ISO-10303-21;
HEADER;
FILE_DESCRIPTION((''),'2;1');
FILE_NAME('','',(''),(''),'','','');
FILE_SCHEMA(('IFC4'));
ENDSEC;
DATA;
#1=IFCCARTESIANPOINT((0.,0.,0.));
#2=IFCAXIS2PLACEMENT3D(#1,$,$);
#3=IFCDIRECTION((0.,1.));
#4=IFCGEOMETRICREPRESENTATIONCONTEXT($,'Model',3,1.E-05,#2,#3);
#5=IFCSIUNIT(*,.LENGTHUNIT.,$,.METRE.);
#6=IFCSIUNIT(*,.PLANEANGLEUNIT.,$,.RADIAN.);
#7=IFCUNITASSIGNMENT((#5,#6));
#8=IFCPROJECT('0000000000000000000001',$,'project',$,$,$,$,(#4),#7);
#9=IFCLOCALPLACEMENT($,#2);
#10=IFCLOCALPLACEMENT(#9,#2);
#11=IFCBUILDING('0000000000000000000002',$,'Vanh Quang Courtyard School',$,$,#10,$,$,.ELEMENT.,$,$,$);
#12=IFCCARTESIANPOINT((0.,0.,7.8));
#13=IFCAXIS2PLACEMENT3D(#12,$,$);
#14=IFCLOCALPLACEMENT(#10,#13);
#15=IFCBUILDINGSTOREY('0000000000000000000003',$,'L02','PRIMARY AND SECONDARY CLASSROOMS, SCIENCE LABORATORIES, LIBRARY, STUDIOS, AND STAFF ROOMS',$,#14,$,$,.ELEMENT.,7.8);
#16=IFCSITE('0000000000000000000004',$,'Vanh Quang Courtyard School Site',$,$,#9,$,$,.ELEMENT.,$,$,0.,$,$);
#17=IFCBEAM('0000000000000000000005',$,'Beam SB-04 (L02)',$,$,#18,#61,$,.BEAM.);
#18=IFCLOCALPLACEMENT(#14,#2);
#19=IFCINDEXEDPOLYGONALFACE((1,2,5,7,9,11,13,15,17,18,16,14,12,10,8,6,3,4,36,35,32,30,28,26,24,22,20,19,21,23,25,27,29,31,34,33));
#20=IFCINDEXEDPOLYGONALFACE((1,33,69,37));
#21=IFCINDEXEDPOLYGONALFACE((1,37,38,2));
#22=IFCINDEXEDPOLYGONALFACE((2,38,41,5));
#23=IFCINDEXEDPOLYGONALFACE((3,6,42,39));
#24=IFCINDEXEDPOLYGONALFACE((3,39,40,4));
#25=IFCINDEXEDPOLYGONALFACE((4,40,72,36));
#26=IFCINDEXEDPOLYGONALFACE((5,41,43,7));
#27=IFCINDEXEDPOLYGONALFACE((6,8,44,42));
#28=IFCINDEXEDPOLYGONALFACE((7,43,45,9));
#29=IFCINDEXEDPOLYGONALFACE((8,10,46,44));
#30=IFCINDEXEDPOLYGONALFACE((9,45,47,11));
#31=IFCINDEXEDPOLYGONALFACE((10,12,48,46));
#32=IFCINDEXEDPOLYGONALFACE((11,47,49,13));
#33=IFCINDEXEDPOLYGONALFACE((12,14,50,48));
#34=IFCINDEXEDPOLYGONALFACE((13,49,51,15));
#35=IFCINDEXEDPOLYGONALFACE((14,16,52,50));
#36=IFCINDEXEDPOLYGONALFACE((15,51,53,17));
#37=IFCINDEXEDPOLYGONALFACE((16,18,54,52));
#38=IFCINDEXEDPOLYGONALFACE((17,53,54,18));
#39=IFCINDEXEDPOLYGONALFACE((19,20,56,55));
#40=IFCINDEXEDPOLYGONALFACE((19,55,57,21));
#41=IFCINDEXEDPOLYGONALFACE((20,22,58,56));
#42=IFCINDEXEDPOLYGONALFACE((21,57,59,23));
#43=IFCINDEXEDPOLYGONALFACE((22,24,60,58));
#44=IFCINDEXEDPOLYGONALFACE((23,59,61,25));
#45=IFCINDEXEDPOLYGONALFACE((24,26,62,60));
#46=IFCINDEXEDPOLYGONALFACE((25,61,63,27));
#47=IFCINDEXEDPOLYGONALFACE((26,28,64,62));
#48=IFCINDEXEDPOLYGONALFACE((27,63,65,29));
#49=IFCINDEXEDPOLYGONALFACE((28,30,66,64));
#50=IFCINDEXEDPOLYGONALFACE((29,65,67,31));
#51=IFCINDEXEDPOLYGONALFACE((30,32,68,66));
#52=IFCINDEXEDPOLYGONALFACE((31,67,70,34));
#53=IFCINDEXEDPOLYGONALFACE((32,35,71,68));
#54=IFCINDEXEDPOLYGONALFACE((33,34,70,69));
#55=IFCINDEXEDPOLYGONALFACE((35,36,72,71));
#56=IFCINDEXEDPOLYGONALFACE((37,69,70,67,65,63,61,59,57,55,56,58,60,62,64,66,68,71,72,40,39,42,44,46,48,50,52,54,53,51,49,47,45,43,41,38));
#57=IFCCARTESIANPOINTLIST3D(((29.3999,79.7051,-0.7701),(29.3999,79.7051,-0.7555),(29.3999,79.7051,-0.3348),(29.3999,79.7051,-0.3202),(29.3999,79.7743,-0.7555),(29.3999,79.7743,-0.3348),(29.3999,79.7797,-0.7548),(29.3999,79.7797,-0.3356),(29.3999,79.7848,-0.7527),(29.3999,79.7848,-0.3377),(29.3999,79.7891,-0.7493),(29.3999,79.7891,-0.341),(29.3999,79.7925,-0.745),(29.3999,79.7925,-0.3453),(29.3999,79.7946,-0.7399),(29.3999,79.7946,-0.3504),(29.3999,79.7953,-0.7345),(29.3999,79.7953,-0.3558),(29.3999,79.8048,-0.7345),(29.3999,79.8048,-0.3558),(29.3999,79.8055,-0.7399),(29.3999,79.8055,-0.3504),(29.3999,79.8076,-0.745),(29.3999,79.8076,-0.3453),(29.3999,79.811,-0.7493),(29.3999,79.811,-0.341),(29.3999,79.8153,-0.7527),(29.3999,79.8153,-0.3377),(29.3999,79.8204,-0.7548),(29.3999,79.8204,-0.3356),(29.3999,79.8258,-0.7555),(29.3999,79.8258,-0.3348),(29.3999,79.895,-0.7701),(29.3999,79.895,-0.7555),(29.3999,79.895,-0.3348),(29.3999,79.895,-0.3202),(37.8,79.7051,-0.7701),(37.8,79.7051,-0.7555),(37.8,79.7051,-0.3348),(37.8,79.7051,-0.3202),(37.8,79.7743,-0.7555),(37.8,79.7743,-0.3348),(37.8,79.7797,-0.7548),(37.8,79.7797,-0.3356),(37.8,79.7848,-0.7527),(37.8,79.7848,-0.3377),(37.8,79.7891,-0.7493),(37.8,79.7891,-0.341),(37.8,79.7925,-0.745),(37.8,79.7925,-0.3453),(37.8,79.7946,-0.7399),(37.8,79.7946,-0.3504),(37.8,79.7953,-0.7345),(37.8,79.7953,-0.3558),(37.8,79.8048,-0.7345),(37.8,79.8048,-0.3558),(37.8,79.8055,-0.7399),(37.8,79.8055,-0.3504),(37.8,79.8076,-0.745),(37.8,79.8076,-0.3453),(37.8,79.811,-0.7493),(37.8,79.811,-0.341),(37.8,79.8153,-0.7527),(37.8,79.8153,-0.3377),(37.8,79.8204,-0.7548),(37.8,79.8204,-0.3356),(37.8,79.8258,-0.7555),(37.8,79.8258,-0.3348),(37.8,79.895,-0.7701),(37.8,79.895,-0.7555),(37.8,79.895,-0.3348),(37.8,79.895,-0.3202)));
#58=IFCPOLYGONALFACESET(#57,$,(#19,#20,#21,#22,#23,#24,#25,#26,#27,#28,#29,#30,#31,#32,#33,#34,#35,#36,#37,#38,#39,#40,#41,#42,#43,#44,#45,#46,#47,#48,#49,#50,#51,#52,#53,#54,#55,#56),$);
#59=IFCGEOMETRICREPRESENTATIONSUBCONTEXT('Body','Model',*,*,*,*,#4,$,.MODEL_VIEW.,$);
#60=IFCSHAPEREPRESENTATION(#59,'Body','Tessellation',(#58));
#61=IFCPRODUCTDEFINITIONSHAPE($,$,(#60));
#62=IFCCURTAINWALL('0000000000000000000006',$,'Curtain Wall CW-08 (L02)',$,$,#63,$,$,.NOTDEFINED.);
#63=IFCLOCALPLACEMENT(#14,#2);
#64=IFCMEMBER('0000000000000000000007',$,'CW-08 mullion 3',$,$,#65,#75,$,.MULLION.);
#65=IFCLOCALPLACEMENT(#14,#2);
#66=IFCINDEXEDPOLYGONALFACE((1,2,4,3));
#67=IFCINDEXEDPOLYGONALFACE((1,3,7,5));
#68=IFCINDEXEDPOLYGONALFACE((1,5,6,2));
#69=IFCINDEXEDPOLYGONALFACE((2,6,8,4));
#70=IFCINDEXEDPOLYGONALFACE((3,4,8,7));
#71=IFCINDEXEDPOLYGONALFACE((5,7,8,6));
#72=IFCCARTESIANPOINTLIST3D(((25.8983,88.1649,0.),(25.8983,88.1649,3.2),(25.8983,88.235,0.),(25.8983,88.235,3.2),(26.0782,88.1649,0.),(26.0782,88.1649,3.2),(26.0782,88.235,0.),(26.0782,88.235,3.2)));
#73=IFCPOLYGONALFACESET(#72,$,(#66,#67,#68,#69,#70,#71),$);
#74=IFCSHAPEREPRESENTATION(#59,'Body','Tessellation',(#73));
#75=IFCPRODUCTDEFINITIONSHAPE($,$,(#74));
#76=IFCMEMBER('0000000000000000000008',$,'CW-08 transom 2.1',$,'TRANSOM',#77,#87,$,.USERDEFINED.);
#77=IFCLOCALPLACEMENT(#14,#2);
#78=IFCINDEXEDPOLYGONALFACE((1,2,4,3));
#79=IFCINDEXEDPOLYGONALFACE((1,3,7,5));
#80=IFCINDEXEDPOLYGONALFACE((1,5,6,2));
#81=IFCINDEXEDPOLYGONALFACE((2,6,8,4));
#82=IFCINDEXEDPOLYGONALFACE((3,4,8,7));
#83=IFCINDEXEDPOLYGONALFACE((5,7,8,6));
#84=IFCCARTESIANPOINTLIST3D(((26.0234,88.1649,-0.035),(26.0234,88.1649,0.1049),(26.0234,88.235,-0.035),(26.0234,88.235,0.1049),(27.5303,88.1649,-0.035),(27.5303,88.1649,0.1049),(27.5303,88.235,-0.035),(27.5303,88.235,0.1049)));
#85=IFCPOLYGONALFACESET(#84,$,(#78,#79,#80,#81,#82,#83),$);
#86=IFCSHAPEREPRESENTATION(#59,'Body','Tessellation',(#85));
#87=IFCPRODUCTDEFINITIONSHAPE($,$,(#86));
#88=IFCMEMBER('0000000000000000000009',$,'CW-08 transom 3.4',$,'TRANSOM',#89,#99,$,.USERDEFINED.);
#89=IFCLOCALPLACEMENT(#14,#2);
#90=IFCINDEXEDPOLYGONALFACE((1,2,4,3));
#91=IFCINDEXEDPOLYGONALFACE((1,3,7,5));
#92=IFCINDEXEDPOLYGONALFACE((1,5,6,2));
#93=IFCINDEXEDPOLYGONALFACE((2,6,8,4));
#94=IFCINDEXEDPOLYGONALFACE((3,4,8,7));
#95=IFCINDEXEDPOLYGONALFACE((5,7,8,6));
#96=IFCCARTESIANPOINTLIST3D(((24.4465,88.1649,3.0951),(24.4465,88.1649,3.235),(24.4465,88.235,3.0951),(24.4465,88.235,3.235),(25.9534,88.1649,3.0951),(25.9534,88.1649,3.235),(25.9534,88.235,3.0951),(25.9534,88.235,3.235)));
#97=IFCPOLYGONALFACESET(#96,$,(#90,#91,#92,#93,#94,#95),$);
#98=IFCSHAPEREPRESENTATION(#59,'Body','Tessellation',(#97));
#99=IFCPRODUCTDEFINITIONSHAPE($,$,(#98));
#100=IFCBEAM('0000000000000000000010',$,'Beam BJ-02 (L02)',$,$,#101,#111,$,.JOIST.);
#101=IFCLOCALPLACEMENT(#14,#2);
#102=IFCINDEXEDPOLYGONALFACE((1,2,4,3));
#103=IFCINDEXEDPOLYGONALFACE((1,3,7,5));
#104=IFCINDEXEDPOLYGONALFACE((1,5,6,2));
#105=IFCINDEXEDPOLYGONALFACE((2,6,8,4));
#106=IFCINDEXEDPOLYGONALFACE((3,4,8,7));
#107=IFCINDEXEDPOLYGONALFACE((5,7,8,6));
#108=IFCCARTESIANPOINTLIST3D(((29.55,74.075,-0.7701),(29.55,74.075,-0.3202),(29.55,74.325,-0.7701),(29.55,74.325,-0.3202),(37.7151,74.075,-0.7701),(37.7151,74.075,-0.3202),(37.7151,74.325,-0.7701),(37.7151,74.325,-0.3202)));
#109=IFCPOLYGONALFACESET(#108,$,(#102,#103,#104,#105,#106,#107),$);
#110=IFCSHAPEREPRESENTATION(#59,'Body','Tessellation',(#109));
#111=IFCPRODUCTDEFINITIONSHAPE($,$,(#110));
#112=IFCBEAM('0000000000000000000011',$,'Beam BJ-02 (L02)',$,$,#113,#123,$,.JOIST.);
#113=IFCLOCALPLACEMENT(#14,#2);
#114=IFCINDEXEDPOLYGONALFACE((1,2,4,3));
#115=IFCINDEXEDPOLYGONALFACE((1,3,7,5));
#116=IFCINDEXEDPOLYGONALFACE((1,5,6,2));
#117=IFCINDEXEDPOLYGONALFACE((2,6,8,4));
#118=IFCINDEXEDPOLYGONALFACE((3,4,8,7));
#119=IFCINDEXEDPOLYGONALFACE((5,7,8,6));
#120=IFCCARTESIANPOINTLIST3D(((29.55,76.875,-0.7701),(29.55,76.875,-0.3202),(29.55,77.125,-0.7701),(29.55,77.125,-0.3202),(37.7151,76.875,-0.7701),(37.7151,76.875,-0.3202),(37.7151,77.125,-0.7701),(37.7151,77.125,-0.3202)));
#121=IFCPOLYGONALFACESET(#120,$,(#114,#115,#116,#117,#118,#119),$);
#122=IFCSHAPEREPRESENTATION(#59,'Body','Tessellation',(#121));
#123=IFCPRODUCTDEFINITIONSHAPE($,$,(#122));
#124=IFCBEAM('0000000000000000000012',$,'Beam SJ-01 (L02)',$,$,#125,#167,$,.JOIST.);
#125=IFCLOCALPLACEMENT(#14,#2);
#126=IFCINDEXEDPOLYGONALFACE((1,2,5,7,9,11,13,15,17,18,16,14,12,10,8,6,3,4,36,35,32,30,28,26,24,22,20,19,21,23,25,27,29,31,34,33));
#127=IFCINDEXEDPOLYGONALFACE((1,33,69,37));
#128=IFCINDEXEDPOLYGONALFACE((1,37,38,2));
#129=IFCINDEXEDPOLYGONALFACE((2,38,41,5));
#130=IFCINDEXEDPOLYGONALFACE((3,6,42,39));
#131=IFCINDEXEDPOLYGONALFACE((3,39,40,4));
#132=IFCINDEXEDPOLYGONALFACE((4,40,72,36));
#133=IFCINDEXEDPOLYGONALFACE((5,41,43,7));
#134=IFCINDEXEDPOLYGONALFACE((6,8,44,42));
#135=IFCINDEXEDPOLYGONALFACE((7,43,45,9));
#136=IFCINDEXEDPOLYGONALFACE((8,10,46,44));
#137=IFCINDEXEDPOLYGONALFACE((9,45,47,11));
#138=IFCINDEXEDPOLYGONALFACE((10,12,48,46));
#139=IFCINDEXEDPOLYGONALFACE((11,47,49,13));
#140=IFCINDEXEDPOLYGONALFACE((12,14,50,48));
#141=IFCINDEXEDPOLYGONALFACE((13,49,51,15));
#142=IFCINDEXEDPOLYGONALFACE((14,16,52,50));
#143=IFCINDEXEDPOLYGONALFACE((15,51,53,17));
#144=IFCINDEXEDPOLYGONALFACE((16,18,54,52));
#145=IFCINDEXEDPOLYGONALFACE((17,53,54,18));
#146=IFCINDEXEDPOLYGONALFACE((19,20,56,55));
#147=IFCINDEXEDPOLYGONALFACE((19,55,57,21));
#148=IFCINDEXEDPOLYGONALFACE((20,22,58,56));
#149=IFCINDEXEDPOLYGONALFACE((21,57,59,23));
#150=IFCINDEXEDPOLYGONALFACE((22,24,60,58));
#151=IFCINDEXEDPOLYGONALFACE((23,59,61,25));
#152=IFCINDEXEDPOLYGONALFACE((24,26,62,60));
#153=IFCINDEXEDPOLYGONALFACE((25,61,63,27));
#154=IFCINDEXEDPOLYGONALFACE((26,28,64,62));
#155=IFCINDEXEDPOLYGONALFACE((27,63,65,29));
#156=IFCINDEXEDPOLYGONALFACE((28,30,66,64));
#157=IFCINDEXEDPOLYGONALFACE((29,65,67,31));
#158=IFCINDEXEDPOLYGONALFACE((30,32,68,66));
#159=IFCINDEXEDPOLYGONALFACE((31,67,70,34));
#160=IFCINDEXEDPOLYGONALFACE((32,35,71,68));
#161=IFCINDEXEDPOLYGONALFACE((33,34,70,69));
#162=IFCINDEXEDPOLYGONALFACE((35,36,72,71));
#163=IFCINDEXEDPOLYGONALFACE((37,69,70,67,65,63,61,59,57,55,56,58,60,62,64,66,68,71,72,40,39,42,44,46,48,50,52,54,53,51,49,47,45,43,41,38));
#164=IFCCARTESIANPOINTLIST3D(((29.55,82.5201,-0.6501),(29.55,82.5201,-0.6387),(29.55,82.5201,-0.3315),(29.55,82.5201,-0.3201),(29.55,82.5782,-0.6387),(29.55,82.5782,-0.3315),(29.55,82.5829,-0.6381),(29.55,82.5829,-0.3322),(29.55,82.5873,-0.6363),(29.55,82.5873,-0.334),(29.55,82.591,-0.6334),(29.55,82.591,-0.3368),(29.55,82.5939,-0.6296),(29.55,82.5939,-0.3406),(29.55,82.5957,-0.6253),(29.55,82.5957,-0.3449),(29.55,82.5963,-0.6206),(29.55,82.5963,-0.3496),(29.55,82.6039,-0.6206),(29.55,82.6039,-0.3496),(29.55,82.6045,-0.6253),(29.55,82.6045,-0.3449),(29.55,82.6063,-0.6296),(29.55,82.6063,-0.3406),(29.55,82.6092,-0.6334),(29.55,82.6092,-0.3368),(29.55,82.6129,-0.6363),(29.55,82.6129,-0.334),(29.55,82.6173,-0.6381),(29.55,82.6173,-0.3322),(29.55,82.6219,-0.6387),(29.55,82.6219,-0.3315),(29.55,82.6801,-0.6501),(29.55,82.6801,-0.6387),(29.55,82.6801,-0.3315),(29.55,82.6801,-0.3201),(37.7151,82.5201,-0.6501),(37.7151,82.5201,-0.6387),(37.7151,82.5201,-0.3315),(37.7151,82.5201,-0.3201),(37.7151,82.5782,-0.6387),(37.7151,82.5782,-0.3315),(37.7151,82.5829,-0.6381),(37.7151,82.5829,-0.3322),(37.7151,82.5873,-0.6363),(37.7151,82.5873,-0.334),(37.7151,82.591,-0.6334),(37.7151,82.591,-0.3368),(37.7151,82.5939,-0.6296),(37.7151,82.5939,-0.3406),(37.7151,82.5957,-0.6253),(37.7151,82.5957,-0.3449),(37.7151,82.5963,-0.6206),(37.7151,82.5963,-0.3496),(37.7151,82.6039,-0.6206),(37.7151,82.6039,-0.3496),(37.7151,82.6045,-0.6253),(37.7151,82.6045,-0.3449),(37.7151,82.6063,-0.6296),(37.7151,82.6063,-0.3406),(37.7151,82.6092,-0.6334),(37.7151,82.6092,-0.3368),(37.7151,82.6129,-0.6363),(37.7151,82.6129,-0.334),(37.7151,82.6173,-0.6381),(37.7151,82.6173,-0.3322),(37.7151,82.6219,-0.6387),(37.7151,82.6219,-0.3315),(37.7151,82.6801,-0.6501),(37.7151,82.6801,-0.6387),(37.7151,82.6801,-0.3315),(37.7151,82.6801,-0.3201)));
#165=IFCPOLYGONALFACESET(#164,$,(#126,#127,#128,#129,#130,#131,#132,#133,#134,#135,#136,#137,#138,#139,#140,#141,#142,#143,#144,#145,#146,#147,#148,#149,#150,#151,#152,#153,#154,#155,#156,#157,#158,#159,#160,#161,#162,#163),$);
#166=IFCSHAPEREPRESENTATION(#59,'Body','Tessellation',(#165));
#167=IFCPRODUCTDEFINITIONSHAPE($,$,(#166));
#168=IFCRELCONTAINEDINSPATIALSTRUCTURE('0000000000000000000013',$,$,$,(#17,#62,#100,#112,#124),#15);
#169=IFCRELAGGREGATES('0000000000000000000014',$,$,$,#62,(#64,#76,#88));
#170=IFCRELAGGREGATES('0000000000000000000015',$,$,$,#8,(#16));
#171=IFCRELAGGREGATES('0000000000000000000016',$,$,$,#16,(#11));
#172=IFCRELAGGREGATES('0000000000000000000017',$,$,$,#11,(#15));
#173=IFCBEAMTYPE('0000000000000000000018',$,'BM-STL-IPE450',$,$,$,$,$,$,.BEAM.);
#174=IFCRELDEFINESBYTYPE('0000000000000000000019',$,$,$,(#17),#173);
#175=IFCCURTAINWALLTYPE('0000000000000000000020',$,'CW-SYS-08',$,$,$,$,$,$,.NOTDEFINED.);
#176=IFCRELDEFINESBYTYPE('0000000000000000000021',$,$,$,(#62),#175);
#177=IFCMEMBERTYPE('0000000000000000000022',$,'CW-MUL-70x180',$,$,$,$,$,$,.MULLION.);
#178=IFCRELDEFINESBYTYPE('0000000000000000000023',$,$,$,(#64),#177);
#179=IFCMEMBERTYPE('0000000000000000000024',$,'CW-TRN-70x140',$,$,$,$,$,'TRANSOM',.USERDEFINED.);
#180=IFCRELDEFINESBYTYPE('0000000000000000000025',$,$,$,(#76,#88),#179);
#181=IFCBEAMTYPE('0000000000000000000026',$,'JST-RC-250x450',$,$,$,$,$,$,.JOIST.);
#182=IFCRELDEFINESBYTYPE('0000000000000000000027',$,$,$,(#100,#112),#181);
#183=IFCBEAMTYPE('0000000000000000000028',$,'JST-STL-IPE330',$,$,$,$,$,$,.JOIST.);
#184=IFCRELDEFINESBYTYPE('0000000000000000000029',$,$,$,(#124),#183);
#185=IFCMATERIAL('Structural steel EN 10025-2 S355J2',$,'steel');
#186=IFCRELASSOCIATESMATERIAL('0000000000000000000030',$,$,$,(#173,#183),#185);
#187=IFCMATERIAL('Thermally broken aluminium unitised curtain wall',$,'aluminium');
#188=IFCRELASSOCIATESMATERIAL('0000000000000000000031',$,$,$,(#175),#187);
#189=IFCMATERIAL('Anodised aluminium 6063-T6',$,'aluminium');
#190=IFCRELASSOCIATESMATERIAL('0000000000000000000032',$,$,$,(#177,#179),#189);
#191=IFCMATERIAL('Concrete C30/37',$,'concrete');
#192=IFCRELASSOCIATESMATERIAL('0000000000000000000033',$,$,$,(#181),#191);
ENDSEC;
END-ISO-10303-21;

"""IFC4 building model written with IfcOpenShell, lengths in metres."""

from ifc_helpers import new_model, si_unit, direction, frame, origin, origin_2d, place, context, subcontext, project, spatial, rectangle, i_section, extrude, material, material_profile, profile_set, type_object, element, aggregate, save


model = new_model("IFC4")

# Units and contexts
model_context = context("Model", 3, precision=1e-05, world=origin(), true_north=direction((0.0, 1.0)))
body_context = subcontext(model_context, "Body", "Model", "MODEL_VIEW")
ifc_project = project(units=[si_unit("LENGTHUNIT", "METRE"), si_unit("PLANEANGLEUNIT", "RADIAN")], contexts=[model_context])

# Site, building, storey
site_placement = place(None, origin())
site = spatial("IfcSite", under=ifc_project, at=site_placement, Name="Vanh Quang Courtyard School Site", CompositionType="ELEMENT", RefElevation=0.0)
building_placement = place(site_placement, origin())
building = spatial("IfcBuilding", under=site, at=building_placement, Name="Vanh Quang Courtyard School", CompositionType="ELEMENT")
storey_placement = place(building_placement, frame((0.0, 0.0, 7.8)))
storey = spatial("IfcBuildingStorey", under=building, at=storey_placement, Name="L02", Description="PRIMARY AND SECONDARY CLASSROOMS, SCIENCE LABORATORIES, LIBRARY, STUDIOS, AND STAFF ROOMS", CompositionType="ELEMENT", Elevation=7.8)

# Beam
ifc_material_1 = material(Name="Structural steel EN 10025-2 S355J2", Category="steel")
ifc_material_profile_1 = material_profile(ifc_material_1, i_section(OverallWidth=0.1899, OverallDepth=0.45, WebThickness=0.0095, FlangeThickness=0.0146, FilletRadius=0.021, at=origin_2d()), Name="IPE 450")
ifc_profile_set_1 = profile_set([ifc_material_profile_1], Name="Structural steel EN 10025-2 S355J2")
beam_type_1 = type_object("IfcBeamType", Name="BM-STL-IPE450", PredefinedType="BEAM", material=ifc_profile_set_1)
beam_1_placement = place(storey_placement, frame((29.3999, 79.8, -0.5452), z_axis=(1.0, 0.0, 0.0), x_axis=(0.0, 1.0, 0.0)))
element("IfcBeam", 1, at=beam_1_placement, inside=storey, type_object=beam_type_1, Name="Beam SB-04 (L02)", PredefinedType="BEAM", context=body_context, shape_type="SweptSolid", body=[
    extrude(i_section(OverallWidth=0.1899, OverallDepth=0.45, WebThickness=0.0095, FlangeThickness=0.0146, FilletRadius=0.021, at=origin_2d()), origin(), (0.0, 0.0, 1.0), 8.4001),
])

# Curtain wall, members
ifc_material_2 = material(Name="Thermally broken aluminium unitised curtain wall", Category="aluminium")
curtain_wall_type = type_object("IfcCurtainWallType", Name="CW-SYS-08", PredefinedType="NOTDEFINED", material=ifc_material_2)
curtain_wall_placement = place(storey_placement, origin())
curtain_wall = element("IfcCurtainWall", 2, at=curtain_wall_placement, inside=storey, type_object=curtain_wall_type, Name="Curtain Wall CW-08 (L02)", PredefinedType="NOTDEFINED")
ifc_material_3 = material(Name="Anodised aluminium 6063-T6", Category="aluminium")
ifc_material_profile_2 = material_profile(ifc_material_3, rectangle(XDim=0.0701, YDim=0.1799, at=origin_2d()), Name="ALU-MUL 70x180")
ifc_profile_set_2 = profile_set([ifc_material_profile_2], Name="Anodised aluminium 6063-T6")
member_type_1 = type_object("IfcMemberType", Name="CW-MUL-70x180", PredefinedType="MULLION", material=ifc_profile_set_2)
member_1_placement = place(storey_placement, frame((25.9883, 88.2, 0.0), z_axis=(0.0, 0.0, 1.0), x_axis=(0.0, -1.0, 0.0)))
member_1 = element("IfcMember", 3, at=member_1_placement, type_object=member_type_1, Name="CW-08 mullion 3", PredefinedType="MULLION", context=body_context, shape_type="SweptSolid", body=[
    extrude(rectangle(XDim=0.0701, YDim=0.1799, at=origin_2d()), origin(), (0.0, 0.0, 1.0), 3.2),
])
ifc_material_profile_3 = material_profile(ifc_material_3, rectangle(XDim=0.0701, YDim=0.1399, at=origin_2d()), Name="ALU-TRN 70x140")
ifc_profile_set_3 = profile_set([ifc_material_profile_3], Name="Anodised aluminium 6063-T6")
member_type_2 = type_object("IfcMemberType", Name="CW-TRN-70x140", ElementType="TRANSOM", PredefinedType="USERDEFINED", material=ifc_profile_set_3)
member_2_placement = place(storey_placement, frame((27.5303, 88.2, 0.0349), z_axis=(-1.0, 0.0, 0.0), x_axis=(0.0, -1.0, 0.0)))
member_2 = element("IfcMember", 4, at=member_2_placement, type_object=member_type_2, Name="CW-08 transom 2.1", ObjectType="TRANSOM", PredefinedType="USERDEFINED", context=body_context, shape_type="SweptSolid", body=[
    extrude(rectangle(XDim=0.0701, YDim=0.1399, at=origin_2d()), origin(), (0.0, 0.0, 1.0), 1.5068),
])
member_3_placement = place(storey_placement, frame((25.9534, 88.2, 3.165), z_axis=(-1.0, 0.0, 0.0), x_axis=(0.0, -1.0, 0.0)))
member_3 = element("IfcMember", 5, at=member_3_placement, type_object=member_type_2, Name="CW-08 transom 3.4", ObjectType="TRANSOM", PredefinedType="USERDEFINED", context=body_context, shape_type="SweptSolid", body=[
    extrude(rectangle(XDim=0.0701, YDim=0.1399, at=origin_2d()), origin(), (0.0, 0.0, 1.0), 1.5068),
])

# Beams
ifc_material_4 = material(Name="Concrete C30/37", Category="concrete")
ifc_material_profile_4 = material_profile(ifc_material_4, rectangle(XDim=0.25, YDim=0.45, at=origin_2d()), Name="RC-JST 250x450")
ifc_profile_set_4 = profile_set([ifc_material_profile_4], Name="Concrete C30/37")
beam_type_2 = type_object("IfcBeamType", Name="JST-RC-250x450", PredefinedType="JOIST", material=ifc_profile_set_4)
for number, where, z_axis, x_axis, name in (
    (6, (29.55, 74.2, -0.5452), (1.0, 0.0, 0.0), (0.0, 1.0, 0.0), "Beam BJ-02 (L02)"),
    (7, (29.55, 77.0, -0.5452), (1.0, 0.0, 0.0), (0.0, 1.0, 0.0), "Beam BJ-02 (L02)"),
):
    element("IfcBeam", number, at=place(storey_placement, frame(where, z_axis=z_axis, x_axis=x_axis)), inside=storey, type_object=beam_type_2, Name=name, PredefinedType="JOIST", context=body_context, shape_type="SweptSolid", body=[
        extrude(rectangle(XDim=0.25, YDim=0.45, at=origin_2d()), origin(), (0.0, 0.0, 1.0), 8.165),
    ])
ifc_material_profile_5 = material_profile(ifc_material_1, i_section(OverallWidth=0.1599, OverallDepth=0.3301, WebThickness=0.0076, FlangeThickness=0.0115, FilletRadius=0.0181, at=origin_2d()), Name="IPE 330")
ifc_profile_set_5 = profile_set([ifc_material_profile_5], Name="Structural steel EN 10025-2 S355J2")
beam_type_3 = type_object("IfcBeamType", Name="JST-STL-IPE330", PredefinedType="JOIST", material=ifc_profile_set_5)
for number, where, z_axis, x_axis, name in (
    (8, (29.55, 82.6001, -0.4851), (1.0, 0.0, 0.0), (0.0, 1.0, 0.0), "Beam SJ-01 (L02)"),
):
    element("IfcBeam", number, at=place(storey_placement, frame(where, z_axis=z_axis, x_axis=x_axis)), inside=storey, type_object=beam_type_3, Name=name, PredefinedType="JOIST", context=body_context, shape_type="SweptSolid", body=[
        extrude(i_section(OverallWidth=0.1599, OverallDepth=0.3301, WebThickness=0.0076, FlangeThickness=0.0115, FilletRadius=0.0181, at=origin_2d()), origin(), (0.0, 0.0, 1.0), 8.165),
    ])

aggregate(curtain_wall, [member_1, member_2, member_3])

save(model, "model.ifc")
